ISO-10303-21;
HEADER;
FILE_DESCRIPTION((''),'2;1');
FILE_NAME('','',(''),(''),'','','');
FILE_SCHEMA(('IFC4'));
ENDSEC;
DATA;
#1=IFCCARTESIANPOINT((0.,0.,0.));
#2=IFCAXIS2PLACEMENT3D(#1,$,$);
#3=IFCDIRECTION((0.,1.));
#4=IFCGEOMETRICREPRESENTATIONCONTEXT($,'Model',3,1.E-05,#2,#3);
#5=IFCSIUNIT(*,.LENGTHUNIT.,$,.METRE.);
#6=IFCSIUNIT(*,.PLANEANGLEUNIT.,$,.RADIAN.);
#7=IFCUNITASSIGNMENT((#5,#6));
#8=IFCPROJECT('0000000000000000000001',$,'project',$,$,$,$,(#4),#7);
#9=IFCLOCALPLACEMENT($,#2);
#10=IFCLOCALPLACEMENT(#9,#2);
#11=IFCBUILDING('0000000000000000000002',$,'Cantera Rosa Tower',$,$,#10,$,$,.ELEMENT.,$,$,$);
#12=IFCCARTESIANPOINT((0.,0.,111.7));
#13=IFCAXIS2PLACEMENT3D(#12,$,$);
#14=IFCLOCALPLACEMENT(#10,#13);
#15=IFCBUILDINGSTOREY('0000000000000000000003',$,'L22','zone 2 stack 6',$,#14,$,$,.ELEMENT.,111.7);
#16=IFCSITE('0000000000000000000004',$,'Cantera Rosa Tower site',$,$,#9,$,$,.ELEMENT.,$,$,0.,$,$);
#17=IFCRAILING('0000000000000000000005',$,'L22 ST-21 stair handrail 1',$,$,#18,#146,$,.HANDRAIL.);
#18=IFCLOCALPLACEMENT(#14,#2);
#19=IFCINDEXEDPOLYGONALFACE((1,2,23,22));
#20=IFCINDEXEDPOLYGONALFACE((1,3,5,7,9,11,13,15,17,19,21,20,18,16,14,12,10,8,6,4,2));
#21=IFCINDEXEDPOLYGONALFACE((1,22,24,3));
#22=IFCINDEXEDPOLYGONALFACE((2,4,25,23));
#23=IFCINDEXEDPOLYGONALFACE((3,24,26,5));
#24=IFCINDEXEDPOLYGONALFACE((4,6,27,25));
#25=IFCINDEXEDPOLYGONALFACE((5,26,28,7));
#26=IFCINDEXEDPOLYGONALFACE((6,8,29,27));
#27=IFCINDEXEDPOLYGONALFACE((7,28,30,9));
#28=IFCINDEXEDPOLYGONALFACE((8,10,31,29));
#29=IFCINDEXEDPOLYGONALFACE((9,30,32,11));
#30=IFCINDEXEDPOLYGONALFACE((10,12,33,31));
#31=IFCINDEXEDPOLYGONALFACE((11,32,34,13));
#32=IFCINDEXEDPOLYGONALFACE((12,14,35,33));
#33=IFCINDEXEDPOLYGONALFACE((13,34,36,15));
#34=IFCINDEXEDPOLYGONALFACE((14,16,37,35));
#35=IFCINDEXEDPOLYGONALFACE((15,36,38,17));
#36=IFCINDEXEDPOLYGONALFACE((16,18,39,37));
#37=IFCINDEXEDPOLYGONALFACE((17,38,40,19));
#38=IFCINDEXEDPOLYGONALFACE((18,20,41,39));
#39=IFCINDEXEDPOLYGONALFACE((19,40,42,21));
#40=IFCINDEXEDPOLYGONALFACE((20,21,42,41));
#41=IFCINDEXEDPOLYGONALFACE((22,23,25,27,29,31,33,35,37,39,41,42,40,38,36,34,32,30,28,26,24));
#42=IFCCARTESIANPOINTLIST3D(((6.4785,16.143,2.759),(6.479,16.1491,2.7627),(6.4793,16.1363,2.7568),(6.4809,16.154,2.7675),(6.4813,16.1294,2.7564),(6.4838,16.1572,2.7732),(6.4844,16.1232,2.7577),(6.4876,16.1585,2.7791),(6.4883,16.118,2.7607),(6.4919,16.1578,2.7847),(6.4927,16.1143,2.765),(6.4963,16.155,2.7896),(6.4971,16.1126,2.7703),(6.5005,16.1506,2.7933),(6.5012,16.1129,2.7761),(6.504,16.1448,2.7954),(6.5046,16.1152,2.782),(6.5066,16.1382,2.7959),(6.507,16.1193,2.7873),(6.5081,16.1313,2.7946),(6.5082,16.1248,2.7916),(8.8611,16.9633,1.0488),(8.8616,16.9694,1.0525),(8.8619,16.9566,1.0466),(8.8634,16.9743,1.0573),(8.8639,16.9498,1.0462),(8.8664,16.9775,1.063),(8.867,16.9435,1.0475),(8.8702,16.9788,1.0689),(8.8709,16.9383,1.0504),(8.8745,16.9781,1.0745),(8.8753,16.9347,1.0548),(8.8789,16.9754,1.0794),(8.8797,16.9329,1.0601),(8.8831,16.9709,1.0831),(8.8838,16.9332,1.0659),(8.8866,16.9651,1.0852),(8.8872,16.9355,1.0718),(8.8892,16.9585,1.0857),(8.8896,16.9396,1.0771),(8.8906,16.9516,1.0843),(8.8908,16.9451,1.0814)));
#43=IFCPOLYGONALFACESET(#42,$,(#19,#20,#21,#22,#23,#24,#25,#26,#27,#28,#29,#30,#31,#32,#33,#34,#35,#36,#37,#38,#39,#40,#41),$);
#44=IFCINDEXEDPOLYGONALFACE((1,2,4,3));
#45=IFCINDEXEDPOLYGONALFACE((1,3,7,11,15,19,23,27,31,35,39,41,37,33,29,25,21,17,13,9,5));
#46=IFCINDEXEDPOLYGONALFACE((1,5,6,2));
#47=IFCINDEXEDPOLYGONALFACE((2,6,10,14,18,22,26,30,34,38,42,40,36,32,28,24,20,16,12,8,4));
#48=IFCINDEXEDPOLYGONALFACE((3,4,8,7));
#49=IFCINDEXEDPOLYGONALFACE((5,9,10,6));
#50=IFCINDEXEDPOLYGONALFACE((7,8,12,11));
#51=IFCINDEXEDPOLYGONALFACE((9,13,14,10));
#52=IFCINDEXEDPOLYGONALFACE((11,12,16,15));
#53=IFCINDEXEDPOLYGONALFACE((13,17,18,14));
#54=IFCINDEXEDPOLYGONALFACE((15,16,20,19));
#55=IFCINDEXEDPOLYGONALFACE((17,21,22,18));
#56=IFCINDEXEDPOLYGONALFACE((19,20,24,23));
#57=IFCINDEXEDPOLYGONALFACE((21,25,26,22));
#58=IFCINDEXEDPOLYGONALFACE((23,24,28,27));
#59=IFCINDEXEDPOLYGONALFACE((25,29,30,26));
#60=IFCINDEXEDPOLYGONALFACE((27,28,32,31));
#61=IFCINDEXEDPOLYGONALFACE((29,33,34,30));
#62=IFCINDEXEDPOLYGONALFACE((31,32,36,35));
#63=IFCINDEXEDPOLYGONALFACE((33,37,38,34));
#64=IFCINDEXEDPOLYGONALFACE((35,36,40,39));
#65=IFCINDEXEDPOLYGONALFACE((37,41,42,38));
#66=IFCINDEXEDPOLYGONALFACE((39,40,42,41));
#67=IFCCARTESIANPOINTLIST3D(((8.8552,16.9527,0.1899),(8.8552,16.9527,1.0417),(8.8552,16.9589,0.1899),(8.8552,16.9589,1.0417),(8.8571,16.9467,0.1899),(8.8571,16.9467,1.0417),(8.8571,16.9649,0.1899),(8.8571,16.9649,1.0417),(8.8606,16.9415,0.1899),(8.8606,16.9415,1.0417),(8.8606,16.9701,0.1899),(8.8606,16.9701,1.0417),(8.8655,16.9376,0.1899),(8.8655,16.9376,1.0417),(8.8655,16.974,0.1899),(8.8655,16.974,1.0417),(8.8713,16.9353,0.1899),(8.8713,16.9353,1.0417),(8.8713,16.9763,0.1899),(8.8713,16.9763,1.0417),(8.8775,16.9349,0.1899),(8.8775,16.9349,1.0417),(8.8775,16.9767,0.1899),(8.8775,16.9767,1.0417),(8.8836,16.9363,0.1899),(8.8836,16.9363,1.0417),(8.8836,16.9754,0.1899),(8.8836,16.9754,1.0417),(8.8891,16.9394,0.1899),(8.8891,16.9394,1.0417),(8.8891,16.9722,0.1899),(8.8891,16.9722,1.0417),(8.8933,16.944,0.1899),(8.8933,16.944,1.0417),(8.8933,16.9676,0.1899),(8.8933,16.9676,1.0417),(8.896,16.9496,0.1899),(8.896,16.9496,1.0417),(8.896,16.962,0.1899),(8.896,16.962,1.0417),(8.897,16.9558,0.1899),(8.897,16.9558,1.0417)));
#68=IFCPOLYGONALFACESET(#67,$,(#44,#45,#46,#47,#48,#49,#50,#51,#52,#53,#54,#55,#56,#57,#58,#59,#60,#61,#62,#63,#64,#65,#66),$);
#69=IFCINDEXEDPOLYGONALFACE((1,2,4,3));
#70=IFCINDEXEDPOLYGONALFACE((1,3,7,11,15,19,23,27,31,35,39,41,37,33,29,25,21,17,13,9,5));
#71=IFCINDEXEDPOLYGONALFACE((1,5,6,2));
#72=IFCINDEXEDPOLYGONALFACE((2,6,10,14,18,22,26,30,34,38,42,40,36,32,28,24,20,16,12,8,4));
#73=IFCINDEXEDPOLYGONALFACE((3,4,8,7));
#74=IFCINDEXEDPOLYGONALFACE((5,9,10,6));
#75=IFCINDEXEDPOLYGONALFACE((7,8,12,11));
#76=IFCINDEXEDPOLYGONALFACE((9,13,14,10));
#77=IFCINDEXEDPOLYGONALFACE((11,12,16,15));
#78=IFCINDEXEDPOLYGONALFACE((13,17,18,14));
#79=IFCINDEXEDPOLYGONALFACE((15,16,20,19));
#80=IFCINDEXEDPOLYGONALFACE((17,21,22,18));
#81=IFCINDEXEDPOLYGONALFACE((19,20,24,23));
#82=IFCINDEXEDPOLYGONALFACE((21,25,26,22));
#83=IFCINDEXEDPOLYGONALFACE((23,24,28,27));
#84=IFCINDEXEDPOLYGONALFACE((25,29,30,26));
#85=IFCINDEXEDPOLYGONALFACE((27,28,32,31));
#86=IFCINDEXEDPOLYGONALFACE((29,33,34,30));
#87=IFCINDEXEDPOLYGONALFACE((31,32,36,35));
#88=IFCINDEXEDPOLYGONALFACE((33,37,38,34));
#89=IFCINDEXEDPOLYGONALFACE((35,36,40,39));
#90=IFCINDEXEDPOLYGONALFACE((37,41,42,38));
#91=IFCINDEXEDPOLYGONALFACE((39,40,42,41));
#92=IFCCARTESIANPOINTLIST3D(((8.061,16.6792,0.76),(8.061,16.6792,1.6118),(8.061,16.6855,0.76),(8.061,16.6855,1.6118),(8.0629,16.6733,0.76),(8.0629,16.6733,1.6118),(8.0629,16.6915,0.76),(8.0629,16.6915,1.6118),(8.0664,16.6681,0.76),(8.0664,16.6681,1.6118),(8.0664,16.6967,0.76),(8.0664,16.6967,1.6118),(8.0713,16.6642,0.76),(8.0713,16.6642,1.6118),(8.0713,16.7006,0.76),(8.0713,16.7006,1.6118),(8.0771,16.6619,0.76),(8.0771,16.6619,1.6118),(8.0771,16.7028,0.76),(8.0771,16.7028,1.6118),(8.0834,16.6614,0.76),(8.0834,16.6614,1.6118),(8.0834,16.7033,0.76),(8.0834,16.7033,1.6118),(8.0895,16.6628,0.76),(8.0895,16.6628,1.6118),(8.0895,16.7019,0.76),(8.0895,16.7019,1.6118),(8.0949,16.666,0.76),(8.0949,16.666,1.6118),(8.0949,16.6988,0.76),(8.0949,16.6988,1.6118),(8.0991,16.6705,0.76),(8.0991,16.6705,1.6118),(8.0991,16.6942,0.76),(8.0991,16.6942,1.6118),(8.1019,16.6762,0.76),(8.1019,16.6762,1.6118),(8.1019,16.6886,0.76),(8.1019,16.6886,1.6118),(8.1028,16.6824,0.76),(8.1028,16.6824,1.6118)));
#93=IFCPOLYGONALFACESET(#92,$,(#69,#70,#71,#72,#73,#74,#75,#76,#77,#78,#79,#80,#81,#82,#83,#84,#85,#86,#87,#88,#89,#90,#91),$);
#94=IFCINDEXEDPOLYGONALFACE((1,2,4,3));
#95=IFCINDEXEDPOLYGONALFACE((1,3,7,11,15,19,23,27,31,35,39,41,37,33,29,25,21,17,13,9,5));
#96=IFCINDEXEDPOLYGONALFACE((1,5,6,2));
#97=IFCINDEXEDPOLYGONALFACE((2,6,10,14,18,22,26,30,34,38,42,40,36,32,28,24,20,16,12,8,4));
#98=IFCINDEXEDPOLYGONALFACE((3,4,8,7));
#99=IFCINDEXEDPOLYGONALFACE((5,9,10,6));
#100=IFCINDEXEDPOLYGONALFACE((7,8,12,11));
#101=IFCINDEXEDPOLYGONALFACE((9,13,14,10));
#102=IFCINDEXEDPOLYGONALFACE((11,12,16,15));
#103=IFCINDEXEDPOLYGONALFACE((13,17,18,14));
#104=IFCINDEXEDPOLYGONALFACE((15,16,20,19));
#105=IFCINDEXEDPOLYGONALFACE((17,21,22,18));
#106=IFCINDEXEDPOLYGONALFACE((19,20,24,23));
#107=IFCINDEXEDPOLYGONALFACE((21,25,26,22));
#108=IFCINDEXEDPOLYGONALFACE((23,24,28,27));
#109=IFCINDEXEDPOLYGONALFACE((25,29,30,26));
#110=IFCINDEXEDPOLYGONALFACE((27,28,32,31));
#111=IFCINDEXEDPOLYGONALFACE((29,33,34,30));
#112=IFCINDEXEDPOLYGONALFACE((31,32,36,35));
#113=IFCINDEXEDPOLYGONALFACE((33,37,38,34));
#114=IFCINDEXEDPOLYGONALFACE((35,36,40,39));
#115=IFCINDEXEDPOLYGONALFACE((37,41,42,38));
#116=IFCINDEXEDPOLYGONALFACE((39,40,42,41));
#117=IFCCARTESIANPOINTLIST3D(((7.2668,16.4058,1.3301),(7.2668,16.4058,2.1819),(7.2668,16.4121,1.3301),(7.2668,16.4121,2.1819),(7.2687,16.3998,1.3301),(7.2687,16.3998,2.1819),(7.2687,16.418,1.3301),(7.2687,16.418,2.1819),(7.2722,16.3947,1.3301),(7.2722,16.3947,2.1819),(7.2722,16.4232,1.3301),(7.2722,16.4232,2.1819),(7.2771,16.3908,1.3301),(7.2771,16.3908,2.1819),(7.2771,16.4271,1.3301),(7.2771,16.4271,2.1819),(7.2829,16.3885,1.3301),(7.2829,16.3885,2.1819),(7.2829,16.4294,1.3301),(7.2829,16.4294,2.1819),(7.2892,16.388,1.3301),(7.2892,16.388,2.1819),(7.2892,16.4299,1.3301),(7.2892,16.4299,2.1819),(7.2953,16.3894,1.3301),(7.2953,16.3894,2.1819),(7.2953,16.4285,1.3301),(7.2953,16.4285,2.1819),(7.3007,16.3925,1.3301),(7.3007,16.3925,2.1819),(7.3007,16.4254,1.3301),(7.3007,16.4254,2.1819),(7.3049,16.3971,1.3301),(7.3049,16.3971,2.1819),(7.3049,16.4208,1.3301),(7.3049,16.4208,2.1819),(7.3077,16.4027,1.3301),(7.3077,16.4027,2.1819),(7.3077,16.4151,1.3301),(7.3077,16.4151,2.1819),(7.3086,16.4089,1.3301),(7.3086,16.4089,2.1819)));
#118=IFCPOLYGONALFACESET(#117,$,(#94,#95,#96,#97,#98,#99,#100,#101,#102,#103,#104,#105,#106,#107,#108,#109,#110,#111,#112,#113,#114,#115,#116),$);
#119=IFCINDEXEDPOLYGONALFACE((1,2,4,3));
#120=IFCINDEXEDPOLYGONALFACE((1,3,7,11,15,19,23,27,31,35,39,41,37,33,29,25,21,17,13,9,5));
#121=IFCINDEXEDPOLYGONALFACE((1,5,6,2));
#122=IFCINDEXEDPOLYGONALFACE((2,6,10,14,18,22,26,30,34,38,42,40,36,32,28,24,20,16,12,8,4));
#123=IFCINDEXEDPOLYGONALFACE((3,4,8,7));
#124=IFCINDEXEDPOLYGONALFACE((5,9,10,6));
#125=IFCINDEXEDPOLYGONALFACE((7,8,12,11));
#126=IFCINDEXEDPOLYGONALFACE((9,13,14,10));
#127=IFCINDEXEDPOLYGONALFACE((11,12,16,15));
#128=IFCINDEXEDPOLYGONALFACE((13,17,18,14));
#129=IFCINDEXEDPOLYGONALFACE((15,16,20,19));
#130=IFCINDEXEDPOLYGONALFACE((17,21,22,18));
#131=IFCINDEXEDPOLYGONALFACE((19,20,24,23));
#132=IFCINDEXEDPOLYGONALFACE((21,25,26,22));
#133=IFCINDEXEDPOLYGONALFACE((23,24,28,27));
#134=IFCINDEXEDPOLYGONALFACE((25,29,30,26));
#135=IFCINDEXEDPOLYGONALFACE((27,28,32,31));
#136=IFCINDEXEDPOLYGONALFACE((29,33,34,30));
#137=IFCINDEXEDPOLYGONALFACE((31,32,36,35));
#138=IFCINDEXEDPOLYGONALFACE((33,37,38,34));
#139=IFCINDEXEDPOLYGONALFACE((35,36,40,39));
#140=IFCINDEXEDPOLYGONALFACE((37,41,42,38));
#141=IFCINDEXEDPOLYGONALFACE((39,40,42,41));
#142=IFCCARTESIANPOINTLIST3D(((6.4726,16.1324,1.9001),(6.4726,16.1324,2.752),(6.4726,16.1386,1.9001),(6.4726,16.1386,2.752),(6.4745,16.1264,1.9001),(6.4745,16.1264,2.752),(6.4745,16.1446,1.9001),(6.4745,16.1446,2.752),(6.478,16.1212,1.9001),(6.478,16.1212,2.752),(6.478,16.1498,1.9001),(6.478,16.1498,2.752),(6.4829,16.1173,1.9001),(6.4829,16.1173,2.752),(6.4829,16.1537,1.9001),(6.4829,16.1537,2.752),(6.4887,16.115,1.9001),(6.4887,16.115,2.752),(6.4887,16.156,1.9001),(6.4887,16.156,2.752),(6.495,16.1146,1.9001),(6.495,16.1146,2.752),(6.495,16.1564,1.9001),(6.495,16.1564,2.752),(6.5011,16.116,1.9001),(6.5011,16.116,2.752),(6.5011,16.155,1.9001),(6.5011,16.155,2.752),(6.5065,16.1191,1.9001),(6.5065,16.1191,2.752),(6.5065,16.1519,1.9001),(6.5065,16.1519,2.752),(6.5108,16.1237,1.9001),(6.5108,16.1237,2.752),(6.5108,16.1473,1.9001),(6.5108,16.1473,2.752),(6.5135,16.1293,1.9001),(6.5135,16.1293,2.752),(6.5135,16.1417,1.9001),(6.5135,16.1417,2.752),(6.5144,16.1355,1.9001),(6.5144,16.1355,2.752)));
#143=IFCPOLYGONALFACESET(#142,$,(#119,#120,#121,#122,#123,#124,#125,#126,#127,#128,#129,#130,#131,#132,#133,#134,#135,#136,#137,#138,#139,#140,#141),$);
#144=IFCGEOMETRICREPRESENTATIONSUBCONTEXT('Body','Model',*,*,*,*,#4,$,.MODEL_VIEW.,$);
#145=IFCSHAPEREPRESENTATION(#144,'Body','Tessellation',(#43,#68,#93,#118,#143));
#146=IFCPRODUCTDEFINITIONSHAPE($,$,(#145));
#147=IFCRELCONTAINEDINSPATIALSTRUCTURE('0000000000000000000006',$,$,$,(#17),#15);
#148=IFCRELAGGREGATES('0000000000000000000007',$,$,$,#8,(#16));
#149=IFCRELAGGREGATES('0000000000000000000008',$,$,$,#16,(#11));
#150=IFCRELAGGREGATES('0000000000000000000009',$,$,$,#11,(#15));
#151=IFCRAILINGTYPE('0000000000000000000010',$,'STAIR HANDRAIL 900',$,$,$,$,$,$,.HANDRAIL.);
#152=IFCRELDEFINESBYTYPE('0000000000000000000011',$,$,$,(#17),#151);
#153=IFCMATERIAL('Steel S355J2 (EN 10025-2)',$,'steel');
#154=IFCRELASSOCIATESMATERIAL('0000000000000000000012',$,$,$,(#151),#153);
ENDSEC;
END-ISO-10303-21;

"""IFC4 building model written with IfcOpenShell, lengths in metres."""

from ifc_helpers import new_model, si_unit, direction, frame, origin, origin_2d, place, context, subcontext, project, spatial, circle, extrude, material, type_object, element, save


model = new_model("IFC4")

# Units and contexts
model_context = context("Model", 3, precision=1e-05, world=origin(), true_north=direction((0.0, 1.0)))
body_context = subcontext(model_context, "Body", "Model", "MODEL_VIEW")
ifc_project = project(units=[si_unit("LENGTHUNIT", "METRE"), si_unit("PLANEANGLEUNIT", "RADIAN")], contexts=[model_context])

# Site, building, storey
site_placement = place(None, origin())
site = spatial("IfcSite", under=ifc_project, at=site_placement, Name="Cantera Rosa Tower site", CompositionType="ELEMENT", RefElevation=0.0)
building_placement = place(site_placement, origin())
building = spatial("IfcBuilding", under=site, at=building_placement, Name="Cantera Rosa Tower", CompositionType="ELEMENT")
storey_placement = place(building_placement, frame((0.0, 0.0, 111.7)))
storey = spatial("IfcBuildingStorey", under=building, at=storey_placement, Name="L22", Description="zone 2 stack 6", CompositionType="ELEMENT", Elevation=111.7)

# Railing
ifc_material_1 = material(Name="Steel S355J2 (EN 10025-2)", Category="steel")
railing_type_1 = type_object("IfcRailingType", Name="STAIR HANDRAIL 900", PredefinedType="HANDRAIL", material=ifc_material_1)
railing_1_placement = place(storey_placement, frame((8.876, 16.9558, 0.1899)))
element("IfcRailing", 1, at=railing_1_placement, inside=storey, type_object=railing_type_1, Name="L22 ST-21 stair handrail 1", PredefinedType="HANDRAIL", context=body_context, shape_type="SweptSolid", body=[
    extrude(circle(Radius=0.0239, at=origin_2d()), frame((0.0, 0.0, 0.876), z_axis=(-0.782355, -0.269363, 0.561573), x_axis=(0.325543, -0.945527, 0.0)), (0.0, 0.0, 1.0), 3.0454),
    extrude(circle(Radius=0.021, at=origin_2d()), origin(), (0.0, 0.0, 1.0), 0.8518),
    extrude(circle(Radius=0.021, at=origin_2d()), frame((-0.7942, -0.2734, 0.5701)), (0.0, 0.0, 1.0), 0.8518),
    extrude(circle(Radius=0.021, at=origin_2d()), frame((-1.5884, -0.5469, 1.1401)), (0.0, 0.0, 1.0), 0.8518),
    extrude(circle(Radius=0.021, at=origin_2d()), frame((-2.3826, -0.8203, 1.7102)), (0.0, 0.0, 1.0), 0.8518),
])

save(model, "model.ifc")
